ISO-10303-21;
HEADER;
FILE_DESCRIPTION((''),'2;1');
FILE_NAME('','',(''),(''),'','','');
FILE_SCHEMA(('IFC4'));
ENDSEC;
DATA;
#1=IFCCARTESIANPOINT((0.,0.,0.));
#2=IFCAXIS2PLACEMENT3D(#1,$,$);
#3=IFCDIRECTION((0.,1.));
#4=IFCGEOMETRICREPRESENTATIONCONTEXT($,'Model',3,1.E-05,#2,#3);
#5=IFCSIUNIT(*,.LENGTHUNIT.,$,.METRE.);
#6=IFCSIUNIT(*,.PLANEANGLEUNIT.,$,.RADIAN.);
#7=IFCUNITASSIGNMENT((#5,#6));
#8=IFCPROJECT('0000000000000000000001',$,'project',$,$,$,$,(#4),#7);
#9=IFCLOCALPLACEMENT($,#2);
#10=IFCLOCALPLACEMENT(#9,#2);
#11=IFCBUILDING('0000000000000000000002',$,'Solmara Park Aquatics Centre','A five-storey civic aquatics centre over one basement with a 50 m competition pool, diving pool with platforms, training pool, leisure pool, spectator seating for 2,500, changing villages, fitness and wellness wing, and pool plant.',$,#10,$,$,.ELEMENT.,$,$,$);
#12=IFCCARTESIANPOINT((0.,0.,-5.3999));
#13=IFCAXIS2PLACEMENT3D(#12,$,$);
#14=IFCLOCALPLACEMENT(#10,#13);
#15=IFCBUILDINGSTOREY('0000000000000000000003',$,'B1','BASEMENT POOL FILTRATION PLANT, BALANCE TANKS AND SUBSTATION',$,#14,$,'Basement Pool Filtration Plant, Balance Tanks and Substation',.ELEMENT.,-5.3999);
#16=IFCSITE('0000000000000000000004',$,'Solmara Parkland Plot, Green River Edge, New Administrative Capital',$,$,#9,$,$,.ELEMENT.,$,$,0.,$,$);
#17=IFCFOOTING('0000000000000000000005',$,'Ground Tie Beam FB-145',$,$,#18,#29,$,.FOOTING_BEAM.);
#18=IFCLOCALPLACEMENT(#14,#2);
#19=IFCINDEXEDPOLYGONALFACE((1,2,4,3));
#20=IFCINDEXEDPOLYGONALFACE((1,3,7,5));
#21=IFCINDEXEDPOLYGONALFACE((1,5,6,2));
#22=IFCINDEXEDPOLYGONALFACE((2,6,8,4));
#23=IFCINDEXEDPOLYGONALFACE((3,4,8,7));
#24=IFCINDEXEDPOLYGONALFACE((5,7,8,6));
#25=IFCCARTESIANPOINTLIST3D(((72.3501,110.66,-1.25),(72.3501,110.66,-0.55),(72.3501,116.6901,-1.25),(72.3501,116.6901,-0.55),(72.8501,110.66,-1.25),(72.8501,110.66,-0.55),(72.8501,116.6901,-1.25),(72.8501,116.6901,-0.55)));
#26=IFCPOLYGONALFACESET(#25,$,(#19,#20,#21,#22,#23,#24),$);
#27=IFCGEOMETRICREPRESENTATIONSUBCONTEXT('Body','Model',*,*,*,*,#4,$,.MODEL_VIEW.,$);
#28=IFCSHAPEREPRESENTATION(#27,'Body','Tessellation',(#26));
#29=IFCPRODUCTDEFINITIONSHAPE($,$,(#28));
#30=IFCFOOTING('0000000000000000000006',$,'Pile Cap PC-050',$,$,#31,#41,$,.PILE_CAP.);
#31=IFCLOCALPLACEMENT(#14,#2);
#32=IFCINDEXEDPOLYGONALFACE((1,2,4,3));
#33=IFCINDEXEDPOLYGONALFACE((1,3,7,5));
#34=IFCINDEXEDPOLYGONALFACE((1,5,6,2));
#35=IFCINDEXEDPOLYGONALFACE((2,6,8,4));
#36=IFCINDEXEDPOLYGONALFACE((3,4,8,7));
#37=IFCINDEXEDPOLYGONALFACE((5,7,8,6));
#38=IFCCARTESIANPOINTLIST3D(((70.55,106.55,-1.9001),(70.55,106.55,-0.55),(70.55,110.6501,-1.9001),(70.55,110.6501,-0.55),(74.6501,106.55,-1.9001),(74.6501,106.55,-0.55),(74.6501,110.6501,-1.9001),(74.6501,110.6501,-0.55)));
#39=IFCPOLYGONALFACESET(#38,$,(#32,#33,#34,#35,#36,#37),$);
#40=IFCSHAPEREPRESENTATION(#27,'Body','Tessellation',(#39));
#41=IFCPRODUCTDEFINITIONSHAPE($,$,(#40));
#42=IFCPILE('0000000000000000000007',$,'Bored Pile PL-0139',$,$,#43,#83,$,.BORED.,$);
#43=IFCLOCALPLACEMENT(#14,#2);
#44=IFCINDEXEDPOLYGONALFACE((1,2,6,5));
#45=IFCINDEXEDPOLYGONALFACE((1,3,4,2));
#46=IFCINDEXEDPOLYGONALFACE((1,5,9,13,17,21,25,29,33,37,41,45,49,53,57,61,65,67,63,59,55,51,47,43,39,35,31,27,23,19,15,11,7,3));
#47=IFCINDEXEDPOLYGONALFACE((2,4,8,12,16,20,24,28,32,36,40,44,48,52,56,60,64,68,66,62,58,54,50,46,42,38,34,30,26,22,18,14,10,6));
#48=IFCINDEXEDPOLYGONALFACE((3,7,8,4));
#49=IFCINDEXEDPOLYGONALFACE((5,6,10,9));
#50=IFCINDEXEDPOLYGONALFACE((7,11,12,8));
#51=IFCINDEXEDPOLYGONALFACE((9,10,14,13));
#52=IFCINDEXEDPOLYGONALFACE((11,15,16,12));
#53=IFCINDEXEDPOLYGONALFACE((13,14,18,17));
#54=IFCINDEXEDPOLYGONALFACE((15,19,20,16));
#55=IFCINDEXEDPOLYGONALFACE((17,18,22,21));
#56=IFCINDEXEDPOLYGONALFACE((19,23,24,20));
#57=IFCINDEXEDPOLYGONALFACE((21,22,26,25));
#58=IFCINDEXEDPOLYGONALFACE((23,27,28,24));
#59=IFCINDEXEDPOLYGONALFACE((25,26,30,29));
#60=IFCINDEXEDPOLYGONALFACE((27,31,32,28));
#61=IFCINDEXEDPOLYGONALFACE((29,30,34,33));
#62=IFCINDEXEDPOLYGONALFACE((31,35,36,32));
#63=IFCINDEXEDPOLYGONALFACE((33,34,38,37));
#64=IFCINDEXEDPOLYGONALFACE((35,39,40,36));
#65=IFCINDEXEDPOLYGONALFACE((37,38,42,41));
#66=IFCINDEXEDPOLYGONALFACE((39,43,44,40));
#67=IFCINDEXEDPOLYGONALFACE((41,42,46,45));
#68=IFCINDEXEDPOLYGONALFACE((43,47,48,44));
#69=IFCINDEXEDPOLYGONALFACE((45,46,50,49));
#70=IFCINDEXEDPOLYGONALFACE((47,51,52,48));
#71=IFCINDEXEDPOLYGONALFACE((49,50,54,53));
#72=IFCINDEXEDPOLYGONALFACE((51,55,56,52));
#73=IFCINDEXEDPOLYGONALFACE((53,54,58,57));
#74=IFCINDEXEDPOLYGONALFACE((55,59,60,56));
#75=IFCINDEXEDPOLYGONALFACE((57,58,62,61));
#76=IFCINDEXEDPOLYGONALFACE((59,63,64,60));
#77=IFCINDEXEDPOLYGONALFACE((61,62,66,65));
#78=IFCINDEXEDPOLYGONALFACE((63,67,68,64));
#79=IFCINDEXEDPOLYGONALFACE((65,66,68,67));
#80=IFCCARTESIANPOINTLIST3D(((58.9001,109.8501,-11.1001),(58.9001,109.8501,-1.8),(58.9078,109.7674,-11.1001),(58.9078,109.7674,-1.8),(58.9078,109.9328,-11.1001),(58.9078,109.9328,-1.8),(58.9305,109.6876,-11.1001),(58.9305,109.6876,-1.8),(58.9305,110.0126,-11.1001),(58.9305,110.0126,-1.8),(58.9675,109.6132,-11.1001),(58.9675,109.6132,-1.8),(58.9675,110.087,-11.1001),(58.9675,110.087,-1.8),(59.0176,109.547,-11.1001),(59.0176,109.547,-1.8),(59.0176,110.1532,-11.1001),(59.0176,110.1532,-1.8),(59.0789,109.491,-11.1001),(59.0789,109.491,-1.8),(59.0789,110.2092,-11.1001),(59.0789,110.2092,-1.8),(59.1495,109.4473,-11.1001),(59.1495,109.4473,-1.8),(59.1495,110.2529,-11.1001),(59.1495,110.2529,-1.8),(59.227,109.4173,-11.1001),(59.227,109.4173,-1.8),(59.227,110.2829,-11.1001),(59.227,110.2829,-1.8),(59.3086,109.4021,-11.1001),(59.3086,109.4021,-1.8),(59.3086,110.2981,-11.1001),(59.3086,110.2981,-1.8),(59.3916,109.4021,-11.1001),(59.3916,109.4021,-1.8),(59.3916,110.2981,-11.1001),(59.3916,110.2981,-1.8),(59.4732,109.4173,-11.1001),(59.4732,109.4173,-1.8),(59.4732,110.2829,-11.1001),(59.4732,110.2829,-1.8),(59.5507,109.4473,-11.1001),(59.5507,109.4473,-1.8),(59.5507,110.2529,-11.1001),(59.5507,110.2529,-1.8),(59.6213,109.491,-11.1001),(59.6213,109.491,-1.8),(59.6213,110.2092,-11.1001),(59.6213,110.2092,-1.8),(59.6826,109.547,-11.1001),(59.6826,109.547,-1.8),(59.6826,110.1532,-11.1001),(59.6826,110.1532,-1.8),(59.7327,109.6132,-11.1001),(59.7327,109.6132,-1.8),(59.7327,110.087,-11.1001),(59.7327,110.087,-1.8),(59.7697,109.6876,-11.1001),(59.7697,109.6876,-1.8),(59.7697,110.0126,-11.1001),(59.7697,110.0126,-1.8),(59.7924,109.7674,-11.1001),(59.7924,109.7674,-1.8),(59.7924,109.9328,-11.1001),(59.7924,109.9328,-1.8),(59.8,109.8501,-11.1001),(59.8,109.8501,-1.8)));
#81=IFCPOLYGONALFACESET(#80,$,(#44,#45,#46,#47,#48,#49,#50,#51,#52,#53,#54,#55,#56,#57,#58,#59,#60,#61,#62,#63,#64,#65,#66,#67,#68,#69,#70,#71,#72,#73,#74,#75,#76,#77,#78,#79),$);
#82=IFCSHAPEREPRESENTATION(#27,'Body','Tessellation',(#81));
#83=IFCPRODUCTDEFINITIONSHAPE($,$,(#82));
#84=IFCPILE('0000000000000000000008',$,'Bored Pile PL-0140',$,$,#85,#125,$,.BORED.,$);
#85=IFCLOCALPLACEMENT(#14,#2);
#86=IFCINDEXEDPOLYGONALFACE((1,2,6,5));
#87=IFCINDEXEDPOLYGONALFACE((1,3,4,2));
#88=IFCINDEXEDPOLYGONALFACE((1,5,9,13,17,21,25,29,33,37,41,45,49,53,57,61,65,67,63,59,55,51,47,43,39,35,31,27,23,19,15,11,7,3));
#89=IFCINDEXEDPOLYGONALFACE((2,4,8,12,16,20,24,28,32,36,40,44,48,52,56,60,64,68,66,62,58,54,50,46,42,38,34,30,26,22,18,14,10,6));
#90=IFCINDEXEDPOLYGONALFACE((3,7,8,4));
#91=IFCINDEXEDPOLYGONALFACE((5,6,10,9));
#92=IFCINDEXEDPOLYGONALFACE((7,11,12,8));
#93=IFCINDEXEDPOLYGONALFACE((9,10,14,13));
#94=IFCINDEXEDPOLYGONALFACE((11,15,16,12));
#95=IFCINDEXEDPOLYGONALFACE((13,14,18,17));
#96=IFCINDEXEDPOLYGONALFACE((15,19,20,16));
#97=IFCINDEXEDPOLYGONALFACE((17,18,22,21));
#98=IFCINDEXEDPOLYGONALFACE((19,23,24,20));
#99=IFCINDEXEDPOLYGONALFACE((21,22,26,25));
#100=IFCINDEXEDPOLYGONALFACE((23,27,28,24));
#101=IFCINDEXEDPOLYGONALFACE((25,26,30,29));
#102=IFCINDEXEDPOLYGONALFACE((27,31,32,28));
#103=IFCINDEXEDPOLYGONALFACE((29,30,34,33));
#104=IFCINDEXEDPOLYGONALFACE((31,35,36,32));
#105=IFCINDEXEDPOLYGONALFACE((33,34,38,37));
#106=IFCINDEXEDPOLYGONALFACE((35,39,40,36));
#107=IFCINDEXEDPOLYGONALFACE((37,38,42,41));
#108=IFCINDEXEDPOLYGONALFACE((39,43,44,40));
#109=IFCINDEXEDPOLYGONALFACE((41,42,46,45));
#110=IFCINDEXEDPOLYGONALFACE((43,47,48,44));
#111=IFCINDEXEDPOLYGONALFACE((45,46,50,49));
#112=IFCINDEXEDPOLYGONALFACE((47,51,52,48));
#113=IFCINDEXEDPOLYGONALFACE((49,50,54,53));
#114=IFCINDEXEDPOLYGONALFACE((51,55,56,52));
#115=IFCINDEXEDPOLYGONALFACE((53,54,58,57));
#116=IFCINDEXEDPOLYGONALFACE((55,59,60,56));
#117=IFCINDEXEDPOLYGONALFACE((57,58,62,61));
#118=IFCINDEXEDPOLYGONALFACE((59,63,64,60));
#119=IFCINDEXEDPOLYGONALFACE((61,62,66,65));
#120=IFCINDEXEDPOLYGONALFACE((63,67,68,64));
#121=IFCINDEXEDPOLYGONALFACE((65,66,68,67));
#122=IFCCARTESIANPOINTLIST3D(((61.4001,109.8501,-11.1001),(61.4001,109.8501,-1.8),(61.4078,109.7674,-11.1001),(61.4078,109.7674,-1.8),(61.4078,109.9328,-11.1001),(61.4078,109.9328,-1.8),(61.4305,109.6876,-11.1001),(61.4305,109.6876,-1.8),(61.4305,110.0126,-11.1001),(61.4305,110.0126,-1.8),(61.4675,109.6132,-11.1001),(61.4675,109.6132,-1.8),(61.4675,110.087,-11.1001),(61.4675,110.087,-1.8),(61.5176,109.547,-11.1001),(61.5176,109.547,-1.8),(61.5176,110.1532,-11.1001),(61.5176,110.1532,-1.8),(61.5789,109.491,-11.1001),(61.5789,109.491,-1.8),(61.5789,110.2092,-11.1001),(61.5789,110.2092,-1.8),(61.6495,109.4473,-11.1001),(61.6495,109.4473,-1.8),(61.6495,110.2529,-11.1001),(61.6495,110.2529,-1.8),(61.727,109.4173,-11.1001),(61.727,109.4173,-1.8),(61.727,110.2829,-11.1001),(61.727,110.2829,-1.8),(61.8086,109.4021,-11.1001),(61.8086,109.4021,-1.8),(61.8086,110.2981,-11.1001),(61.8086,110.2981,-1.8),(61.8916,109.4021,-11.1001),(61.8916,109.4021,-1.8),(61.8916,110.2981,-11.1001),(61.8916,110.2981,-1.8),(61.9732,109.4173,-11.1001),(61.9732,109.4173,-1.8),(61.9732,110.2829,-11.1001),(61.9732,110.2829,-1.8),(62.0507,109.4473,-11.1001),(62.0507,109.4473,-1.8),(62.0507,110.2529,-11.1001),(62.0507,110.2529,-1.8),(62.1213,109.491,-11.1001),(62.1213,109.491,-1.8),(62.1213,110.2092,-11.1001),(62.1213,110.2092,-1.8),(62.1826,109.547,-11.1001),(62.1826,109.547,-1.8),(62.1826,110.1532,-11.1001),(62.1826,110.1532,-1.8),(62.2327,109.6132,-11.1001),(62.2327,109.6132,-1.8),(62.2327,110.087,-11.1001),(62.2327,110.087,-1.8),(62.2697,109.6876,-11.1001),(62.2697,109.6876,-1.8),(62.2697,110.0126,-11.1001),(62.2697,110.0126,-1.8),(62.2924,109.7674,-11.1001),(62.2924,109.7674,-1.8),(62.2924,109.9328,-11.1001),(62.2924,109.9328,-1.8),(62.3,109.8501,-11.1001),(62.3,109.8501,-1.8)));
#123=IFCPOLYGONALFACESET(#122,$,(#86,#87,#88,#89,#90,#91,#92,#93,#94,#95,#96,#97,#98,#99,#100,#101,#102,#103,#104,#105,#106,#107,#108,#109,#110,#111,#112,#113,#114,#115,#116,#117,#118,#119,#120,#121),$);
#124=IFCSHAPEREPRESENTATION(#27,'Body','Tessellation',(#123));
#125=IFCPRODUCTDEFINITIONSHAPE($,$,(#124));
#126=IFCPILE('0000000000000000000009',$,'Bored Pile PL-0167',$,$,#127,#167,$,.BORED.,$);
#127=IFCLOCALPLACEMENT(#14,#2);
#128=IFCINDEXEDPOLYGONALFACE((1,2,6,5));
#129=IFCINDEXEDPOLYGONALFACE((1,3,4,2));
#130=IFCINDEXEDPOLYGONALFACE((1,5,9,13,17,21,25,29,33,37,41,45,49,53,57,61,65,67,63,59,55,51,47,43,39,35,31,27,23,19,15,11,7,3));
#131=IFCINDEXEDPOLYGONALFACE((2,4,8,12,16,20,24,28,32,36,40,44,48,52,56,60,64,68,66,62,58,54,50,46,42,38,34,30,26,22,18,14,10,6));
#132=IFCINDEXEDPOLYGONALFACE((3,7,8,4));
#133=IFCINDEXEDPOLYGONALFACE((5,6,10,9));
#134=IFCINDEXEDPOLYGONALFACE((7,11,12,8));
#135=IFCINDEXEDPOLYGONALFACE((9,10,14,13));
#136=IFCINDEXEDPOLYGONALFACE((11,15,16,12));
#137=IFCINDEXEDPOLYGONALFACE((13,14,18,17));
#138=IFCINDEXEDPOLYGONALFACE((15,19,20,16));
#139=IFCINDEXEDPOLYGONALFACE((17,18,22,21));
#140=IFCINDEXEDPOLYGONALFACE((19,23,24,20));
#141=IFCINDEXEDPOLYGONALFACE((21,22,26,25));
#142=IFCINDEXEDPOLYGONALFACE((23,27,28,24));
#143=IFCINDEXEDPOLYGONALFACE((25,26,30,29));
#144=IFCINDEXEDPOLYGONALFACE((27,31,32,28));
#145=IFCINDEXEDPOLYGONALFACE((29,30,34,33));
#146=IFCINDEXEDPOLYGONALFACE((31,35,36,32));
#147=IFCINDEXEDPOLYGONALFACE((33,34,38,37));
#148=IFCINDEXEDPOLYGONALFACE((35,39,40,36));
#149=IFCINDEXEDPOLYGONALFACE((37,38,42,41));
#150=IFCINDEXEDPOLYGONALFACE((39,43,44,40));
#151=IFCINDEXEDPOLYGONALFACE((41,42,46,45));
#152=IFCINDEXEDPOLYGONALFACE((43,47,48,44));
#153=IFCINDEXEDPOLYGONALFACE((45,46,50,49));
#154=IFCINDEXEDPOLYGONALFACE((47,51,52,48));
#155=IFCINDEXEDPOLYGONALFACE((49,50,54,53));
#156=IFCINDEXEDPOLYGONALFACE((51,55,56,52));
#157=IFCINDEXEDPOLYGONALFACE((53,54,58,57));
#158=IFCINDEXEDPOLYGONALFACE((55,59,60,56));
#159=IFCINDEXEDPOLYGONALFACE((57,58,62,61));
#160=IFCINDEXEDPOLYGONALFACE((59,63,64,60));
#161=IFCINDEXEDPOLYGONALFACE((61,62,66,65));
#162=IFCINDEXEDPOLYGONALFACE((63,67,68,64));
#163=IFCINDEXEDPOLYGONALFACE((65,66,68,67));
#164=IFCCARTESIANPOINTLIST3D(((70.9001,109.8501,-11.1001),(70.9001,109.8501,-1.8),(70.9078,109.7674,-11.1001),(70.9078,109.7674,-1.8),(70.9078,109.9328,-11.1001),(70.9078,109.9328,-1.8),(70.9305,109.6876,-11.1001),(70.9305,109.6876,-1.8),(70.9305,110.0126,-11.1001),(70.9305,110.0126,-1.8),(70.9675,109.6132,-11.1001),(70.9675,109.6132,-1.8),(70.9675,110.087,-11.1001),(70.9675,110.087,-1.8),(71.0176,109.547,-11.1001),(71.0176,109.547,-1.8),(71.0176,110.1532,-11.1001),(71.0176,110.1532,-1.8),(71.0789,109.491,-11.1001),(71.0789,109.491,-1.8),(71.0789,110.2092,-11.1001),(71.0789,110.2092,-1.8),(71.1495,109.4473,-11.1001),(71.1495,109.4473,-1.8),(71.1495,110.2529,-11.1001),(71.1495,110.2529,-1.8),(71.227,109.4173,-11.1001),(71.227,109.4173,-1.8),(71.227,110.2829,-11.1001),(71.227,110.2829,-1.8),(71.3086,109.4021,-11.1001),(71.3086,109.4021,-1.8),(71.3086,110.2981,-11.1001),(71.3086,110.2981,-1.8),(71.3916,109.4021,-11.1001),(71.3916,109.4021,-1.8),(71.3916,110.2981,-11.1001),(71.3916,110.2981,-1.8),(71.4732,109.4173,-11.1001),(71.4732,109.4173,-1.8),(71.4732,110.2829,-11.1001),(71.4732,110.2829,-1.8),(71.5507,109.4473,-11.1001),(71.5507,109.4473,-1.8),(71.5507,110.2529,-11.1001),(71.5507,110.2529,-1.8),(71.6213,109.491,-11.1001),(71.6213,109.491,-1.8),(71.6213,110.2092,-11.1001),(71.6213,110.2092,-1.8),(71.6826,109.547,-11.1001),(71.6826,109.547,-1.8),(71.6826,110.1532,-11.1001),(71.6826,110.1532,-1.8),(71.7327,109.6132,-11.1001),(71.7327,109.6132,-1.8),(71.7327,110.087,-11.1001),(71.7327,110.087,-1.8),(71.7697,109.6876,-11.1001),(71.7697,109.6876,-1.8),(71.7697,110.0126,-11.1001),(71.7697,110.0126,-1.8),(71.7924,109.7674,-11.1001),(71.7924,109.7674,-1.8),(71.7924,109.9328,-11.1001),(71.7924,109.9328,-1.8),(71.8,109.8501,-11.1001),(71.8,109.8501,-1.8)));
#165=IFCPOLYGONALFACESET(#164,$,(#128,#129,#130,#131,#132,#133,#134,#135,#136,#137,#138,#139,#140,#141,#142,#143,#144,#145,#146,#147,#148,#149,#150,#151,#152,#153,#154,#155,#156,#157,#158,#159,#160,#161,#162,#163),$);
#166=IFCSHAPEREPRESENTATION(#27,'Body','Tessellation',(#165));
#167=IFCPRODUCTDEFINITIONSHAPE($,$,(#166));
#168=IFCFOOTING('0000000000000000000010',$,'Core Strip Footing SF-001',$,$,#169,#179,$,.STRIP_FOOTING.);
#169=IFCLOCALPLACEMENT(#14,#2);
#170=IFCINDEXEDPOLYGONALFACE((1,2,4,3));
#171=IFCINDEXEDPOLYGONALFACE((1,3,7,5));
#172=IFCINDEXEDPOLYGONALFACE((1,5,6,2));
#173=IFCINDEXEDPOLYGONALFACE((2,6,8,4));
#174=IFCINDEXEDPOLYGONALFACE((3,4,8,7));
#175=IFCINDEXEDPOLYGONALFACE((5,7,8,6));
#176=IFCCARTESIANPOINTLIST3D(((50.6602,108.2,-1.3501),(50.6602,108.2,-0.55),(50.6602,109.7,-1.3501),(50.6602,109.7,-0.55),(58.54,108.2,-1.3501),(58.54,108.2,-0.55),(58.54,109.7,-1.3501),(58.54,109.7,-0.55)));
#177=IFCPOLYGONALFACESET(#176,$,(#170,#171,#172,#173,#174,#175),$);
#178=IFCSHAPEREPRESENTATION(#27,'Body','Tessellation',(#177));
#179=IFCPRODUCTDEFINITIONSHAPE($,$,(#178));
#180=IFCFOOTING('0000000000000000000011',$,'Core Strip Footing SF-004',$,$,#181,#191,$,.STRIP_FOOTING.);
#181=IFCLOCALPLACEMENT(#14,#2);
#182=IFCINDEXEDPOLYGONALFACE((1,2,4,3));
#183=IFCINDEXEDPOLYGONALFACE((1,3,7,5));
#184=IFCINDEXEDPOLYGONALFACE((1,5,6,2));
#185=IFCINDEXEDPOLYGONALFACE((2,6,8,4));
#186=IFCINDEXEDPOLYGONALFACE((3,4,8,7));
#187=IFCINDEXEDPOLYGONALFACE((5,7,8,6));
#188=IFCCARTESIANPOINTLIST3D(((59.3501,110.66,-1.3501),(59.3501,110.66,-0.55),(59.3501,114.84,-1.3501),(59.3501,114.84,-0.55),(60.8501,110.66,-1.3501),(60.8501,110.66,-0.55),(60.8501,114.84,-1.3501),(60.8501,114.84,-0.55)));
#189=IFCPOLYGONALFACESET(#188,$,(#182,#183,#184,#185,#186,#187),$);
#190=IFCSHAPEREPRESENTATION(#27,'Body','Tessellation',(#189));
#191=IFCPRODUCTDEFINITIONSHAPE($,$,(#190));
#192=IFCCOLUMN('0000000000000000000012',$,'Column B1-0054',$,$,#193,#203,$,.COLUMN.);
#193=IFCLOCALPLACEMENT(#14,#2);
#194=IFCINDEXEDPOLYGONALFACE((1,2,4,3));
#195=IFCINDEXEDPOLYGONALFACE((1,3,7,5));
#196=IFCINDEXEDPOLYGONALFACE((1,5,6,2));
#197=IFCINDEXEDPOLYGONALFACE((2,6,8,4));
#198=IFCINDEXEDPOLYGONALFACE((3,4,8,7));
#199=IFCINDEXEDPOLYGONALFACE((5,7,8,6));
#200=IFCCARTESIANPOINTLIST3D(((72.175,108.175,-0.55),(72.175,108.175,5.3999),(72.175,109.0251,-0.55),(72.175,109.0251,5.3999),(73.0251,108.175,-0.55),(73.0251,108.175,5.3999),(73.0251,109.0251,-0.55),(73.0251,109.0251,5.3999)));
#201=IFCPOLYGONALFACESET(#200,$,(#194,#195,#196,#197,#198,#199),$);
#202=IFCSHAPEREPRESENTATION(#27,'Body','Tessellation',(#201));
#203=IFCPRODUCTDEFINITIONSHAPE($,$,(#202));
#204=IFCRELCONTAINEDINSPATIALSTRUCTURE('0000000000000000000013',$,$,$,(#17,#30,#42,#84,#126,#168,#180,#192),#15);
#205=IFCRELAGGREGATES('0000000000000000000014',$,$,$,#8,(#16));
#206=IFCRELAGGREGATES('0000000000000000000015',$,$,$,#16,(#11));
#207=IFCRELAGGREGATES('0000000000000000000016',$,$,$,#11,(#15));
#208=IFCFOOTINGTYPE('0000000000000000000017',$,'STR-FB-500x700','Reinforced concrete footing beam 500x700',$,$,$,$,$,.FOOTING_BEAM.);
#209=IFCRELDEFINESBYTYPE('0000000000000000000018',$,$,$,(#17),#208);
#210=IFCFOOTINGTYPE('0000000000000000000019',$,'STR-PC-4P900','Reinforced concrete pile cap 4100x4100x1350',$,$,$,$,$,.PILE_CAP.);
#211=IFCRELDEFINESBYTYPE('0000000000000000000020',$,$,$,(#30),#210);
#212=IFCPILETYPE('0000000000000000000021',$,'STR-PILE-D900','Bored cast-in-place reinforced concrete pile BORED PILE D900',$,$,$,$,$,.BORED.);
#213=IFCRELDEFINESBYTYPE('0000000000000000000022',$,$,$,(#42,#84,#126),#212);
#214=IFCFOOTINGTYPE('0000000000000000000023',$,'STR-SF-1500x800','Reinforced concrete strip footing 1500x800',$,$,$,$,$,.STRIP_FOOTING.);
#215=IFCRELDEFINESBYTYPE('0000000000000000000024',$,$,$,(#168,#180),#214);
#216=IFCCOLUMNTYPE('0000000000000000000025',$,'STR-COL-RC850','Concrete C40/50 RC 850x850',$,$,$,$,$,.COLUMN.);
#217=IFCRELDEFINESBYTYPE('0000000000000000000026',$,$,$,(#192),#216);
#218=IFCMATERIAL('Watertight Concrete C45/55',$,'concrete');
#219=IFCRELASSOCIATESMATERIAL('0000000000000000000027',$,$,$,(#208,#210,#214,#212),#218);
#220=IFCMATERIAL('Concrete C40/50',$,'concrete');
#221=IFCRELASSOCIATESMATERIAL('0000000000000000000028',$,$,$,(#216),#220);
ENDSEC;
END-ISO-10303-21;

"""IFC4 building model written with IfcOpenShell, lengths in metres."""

from ifc_helpers import new_model, si_unit, direction, frame, origin, origin_2d, place, context, subcontext, project, spatial, rectangle, circle, extrude, material, material_profile, profile_set, type_object, element, save


model = new_model("IFC4")

# Units and contexts
model_context = context("Model", 3, precision=1e-05, world=origin(), true_north=direction((0.0, 1.0)))
body_context = subcontext(model_context, "Body", "Model", "MODEL_VIEW")
ifc_project = project(units=[si_unit("LENGTHUNIT", "METRE"), si_unit("PLANEANGLEUNIT", "RADIAN")], contexts=[model_context])

# Site, building, storey
site_placement = place(None, origin())
site = spatial("IfcSite", under=ifc_project, at=site_placement, Name="Solmara Parkland Plot, Green River Edge, New Administrative Capital", CompositionType="ELEMENT", RefElevation=0.0)
building_placement = place(site_placement, origin())
building = spatial("IfcBuilding", under=site, at=building_placement, Name="Solmara Park Aquatics Centre", Description="A five-storey civic aquatics centre over one basement with a 50 m competition pool, diving pool with platforms, training pool, leisure pool, spectator seating for 2,500, changing villages, fitness and wellness wing, and pool plant.", CompositionType="ELEMENT")
storey_placement = place(building_placement, frame((0.0, 0.0, -5.3999)))
storey = spatial("IfcBuildingStorey", under=building, at=storey_placement, Name="B1", Description="BASEMENT POOL FILTRATION PLANT, BALANCE TANKS AND SUBSTATION", LongName="Basement Pool Filtration Plant, Balance Tanks and Substation", CompositionType="ELEMENT", Elevation=-5.3999)

# Footings
ifc_material_1 = material(Name="Watertight Concrete C45/55", Category="concrete")
footing_type_1 = type_object("IfcFootingType", Name="STR-FB-500x700", Description="Reinforced concrete footing beam 500x700", PredefinedType="FOOTING_BEAM", material=ifc_material_1)
footing_1_placement = place(storey_placement, frame((72.6001, 113.675, -1.25), z_axis=(0.0, 0.0, 1.0), x_axis=(1.0, 0.0, 0.0)))
element("IfcFooting", 1, at=footing_1_placement, inside=storey, type_object=footing_type_1, Name="Ground Tie Beam FB-145", PredefinedType="FOOTING_BEAM", context=body_context, shape_type="SweptSolid", body=[
    extrude(rectangle(XDim=0.5, YDim=6.03, at=origin_2d()), origin(), (0.0, 0.0, 1.0), 0.7),
])
footing_type_2 = type_object("IfcFootingType", Name="STR-PC-4P900", Description="Reinforced concrete pile cap 4100x4100x1350", PredefinedType="PILE_CAP", material=ifc_material_1)
footing_2_placement = place(storey_placement, frame((72.6001, 108.6001, -1.9001), z_axis=(0.0, 0.0, 1.0), x_axis=(1.0, 0.0, 0.0)))
element("IfcFooting", 2, at=footing_2_placement, inside=storey, type_object=footing_type_2, Name="Pile Cap PC-050", PredefinedType="PILE_CAP", context=body_context, shape_type="SweptSolid", body=[
    extrude(rectangle(XDim=4.1001, YDim=4.1001, at=origin_2d()), origin(), (0.0, 0.0, 1.0), 1.3501),
])

# Piles
ifc_material_profile_1 = material_profile(ifc_material_1, circle(Radius=0.45, at=origin_2d()), Name="BORED PILE D900")
ifc_profile_set_1 = profile_set([ifc_material_profile_1], Name="Watertight Concrete C45/55")
pile_type = type_object("IfcPileType", Name="STR-PILE-D900", Description="Bored cast-in-place reinforced concrete pile BORED PILE D900", PredefinedType="BORED", material=ifc_profile_set_1)
for number, where, z_axis, x_axis, name in (
    (3, (59.3501, 109.8501, -1.8), (0.0, 0.0, -1.0), (1.0, 0.0, 0.0), "Bored Pile PL-0139"),
    (4, (61.8501, 109.8501, -1.8), (0.0, 0.0, -1.0), (1.0, 0.0, 0.0), "Bored Pile PL-0140"),
    (5, (71.3501, 109.8501, -1.8), (0.0, 0.0, -1.0), (1.0, 0.0, 0.0), "Bored Pile PL-0167"),
):
    element("IfcPile", number, at=place(storey_placement, frame(where, z_axis=z_axis, x_axis=x_axis)), inside=storey, type_object=pile_type, Name=name, PredefinedType="BORED", context=body_context, shape_type="SweptSolid", body=[
        extrude(circle(Radius=0.45, at=origin_2d()), origin(), (0.0, 0.0, 1.0), 9.3),
    ])

# Footings
footing_type_3 = type_object("IfcFootingType", Name="STR-SF-1500x800", Description="Reinforced concrete strip footing 1500x800", PredefinedType="STRIP_FOOTING", material=ifc_material_1)
footing_3_placement = place(storey_placement, frame((54.6001, 108.95, -1.3501), z_axis=(0.0, 0.0, 1.0), x_axis=(1.0, 0.0, 0.0)))
element("IfcFooting", 6, at=footing_3_placement, inside=storey, type_object=footing_type_3, Name="Core Strip Footing SF-001", PredefinedType="STRIP_FOOTING", context=body_context, shape_type="SweptSolid", body=[
    extrude(rectangle(XDim=7.8799, YDim=1.5, at=origin_2d()), origin(), (0.0, 0.0, 1.0), 0.8),
])
footing_4_placement = place(storey_placement, frame((60.1001, 112.75, -1.3501), z_axis=(0.0, 0.0, 1.0), x_axis=(1.0, 0.0, 0.0)))
element("IfcFooting", 7, at=footing_4_placement, inside=storey, type_object=footing_type_3, Name="Core Strip Footing SF-004", PredefinedType="STRIP_FOOTING", context=body_context, shape_type="SweptSolid", body=[
    extrude(rectangle(XDim=1.5, YDim=4.1799, at=origin_2d()), origin(), (0.0, 0.0, 1.0), 0.8),
])

# Column
ifc_material_2 = material(Name="Concrete C40/50", Category="concrete")
ifc_material_profile_2 = material_profile(ifc_material_2, rectangle(XDim=0.8501, YDim=0.8501, at=origin_2d()), Name="RC 850x850")
ifc_profile_set_2 = profile_set([ifc_material_profile_2], Name="Concrete C40/50")
column_type = type_object("IfcColumnType", Name="STR-COL-RC850", Description="Concrete C40/50 RC 850x850", PredefinedType="COLUMN", material=ifc_profile_set_2)
column_placement = place(storey_placement, frame((72.6001, 108.6001, -0.55), z_axis=(0.0, 0.0, 1.0), x_axis=(1.0, 0.0, 0.0)))
element("IfcColumn", 8, at=column_placement, inside=storey, type_object=column_type, Name="Column B1-0054", PredefinedType="COLUMN", context=body_context, shape_type="SweptSolid", body=[
    extrude(rectangle(XDim=0.8501, YDim=0.8501, at=origin_2d()), origin(), (0.0, 0.0, 1.0), 5.95),
])

save(model, "model.ifc")
